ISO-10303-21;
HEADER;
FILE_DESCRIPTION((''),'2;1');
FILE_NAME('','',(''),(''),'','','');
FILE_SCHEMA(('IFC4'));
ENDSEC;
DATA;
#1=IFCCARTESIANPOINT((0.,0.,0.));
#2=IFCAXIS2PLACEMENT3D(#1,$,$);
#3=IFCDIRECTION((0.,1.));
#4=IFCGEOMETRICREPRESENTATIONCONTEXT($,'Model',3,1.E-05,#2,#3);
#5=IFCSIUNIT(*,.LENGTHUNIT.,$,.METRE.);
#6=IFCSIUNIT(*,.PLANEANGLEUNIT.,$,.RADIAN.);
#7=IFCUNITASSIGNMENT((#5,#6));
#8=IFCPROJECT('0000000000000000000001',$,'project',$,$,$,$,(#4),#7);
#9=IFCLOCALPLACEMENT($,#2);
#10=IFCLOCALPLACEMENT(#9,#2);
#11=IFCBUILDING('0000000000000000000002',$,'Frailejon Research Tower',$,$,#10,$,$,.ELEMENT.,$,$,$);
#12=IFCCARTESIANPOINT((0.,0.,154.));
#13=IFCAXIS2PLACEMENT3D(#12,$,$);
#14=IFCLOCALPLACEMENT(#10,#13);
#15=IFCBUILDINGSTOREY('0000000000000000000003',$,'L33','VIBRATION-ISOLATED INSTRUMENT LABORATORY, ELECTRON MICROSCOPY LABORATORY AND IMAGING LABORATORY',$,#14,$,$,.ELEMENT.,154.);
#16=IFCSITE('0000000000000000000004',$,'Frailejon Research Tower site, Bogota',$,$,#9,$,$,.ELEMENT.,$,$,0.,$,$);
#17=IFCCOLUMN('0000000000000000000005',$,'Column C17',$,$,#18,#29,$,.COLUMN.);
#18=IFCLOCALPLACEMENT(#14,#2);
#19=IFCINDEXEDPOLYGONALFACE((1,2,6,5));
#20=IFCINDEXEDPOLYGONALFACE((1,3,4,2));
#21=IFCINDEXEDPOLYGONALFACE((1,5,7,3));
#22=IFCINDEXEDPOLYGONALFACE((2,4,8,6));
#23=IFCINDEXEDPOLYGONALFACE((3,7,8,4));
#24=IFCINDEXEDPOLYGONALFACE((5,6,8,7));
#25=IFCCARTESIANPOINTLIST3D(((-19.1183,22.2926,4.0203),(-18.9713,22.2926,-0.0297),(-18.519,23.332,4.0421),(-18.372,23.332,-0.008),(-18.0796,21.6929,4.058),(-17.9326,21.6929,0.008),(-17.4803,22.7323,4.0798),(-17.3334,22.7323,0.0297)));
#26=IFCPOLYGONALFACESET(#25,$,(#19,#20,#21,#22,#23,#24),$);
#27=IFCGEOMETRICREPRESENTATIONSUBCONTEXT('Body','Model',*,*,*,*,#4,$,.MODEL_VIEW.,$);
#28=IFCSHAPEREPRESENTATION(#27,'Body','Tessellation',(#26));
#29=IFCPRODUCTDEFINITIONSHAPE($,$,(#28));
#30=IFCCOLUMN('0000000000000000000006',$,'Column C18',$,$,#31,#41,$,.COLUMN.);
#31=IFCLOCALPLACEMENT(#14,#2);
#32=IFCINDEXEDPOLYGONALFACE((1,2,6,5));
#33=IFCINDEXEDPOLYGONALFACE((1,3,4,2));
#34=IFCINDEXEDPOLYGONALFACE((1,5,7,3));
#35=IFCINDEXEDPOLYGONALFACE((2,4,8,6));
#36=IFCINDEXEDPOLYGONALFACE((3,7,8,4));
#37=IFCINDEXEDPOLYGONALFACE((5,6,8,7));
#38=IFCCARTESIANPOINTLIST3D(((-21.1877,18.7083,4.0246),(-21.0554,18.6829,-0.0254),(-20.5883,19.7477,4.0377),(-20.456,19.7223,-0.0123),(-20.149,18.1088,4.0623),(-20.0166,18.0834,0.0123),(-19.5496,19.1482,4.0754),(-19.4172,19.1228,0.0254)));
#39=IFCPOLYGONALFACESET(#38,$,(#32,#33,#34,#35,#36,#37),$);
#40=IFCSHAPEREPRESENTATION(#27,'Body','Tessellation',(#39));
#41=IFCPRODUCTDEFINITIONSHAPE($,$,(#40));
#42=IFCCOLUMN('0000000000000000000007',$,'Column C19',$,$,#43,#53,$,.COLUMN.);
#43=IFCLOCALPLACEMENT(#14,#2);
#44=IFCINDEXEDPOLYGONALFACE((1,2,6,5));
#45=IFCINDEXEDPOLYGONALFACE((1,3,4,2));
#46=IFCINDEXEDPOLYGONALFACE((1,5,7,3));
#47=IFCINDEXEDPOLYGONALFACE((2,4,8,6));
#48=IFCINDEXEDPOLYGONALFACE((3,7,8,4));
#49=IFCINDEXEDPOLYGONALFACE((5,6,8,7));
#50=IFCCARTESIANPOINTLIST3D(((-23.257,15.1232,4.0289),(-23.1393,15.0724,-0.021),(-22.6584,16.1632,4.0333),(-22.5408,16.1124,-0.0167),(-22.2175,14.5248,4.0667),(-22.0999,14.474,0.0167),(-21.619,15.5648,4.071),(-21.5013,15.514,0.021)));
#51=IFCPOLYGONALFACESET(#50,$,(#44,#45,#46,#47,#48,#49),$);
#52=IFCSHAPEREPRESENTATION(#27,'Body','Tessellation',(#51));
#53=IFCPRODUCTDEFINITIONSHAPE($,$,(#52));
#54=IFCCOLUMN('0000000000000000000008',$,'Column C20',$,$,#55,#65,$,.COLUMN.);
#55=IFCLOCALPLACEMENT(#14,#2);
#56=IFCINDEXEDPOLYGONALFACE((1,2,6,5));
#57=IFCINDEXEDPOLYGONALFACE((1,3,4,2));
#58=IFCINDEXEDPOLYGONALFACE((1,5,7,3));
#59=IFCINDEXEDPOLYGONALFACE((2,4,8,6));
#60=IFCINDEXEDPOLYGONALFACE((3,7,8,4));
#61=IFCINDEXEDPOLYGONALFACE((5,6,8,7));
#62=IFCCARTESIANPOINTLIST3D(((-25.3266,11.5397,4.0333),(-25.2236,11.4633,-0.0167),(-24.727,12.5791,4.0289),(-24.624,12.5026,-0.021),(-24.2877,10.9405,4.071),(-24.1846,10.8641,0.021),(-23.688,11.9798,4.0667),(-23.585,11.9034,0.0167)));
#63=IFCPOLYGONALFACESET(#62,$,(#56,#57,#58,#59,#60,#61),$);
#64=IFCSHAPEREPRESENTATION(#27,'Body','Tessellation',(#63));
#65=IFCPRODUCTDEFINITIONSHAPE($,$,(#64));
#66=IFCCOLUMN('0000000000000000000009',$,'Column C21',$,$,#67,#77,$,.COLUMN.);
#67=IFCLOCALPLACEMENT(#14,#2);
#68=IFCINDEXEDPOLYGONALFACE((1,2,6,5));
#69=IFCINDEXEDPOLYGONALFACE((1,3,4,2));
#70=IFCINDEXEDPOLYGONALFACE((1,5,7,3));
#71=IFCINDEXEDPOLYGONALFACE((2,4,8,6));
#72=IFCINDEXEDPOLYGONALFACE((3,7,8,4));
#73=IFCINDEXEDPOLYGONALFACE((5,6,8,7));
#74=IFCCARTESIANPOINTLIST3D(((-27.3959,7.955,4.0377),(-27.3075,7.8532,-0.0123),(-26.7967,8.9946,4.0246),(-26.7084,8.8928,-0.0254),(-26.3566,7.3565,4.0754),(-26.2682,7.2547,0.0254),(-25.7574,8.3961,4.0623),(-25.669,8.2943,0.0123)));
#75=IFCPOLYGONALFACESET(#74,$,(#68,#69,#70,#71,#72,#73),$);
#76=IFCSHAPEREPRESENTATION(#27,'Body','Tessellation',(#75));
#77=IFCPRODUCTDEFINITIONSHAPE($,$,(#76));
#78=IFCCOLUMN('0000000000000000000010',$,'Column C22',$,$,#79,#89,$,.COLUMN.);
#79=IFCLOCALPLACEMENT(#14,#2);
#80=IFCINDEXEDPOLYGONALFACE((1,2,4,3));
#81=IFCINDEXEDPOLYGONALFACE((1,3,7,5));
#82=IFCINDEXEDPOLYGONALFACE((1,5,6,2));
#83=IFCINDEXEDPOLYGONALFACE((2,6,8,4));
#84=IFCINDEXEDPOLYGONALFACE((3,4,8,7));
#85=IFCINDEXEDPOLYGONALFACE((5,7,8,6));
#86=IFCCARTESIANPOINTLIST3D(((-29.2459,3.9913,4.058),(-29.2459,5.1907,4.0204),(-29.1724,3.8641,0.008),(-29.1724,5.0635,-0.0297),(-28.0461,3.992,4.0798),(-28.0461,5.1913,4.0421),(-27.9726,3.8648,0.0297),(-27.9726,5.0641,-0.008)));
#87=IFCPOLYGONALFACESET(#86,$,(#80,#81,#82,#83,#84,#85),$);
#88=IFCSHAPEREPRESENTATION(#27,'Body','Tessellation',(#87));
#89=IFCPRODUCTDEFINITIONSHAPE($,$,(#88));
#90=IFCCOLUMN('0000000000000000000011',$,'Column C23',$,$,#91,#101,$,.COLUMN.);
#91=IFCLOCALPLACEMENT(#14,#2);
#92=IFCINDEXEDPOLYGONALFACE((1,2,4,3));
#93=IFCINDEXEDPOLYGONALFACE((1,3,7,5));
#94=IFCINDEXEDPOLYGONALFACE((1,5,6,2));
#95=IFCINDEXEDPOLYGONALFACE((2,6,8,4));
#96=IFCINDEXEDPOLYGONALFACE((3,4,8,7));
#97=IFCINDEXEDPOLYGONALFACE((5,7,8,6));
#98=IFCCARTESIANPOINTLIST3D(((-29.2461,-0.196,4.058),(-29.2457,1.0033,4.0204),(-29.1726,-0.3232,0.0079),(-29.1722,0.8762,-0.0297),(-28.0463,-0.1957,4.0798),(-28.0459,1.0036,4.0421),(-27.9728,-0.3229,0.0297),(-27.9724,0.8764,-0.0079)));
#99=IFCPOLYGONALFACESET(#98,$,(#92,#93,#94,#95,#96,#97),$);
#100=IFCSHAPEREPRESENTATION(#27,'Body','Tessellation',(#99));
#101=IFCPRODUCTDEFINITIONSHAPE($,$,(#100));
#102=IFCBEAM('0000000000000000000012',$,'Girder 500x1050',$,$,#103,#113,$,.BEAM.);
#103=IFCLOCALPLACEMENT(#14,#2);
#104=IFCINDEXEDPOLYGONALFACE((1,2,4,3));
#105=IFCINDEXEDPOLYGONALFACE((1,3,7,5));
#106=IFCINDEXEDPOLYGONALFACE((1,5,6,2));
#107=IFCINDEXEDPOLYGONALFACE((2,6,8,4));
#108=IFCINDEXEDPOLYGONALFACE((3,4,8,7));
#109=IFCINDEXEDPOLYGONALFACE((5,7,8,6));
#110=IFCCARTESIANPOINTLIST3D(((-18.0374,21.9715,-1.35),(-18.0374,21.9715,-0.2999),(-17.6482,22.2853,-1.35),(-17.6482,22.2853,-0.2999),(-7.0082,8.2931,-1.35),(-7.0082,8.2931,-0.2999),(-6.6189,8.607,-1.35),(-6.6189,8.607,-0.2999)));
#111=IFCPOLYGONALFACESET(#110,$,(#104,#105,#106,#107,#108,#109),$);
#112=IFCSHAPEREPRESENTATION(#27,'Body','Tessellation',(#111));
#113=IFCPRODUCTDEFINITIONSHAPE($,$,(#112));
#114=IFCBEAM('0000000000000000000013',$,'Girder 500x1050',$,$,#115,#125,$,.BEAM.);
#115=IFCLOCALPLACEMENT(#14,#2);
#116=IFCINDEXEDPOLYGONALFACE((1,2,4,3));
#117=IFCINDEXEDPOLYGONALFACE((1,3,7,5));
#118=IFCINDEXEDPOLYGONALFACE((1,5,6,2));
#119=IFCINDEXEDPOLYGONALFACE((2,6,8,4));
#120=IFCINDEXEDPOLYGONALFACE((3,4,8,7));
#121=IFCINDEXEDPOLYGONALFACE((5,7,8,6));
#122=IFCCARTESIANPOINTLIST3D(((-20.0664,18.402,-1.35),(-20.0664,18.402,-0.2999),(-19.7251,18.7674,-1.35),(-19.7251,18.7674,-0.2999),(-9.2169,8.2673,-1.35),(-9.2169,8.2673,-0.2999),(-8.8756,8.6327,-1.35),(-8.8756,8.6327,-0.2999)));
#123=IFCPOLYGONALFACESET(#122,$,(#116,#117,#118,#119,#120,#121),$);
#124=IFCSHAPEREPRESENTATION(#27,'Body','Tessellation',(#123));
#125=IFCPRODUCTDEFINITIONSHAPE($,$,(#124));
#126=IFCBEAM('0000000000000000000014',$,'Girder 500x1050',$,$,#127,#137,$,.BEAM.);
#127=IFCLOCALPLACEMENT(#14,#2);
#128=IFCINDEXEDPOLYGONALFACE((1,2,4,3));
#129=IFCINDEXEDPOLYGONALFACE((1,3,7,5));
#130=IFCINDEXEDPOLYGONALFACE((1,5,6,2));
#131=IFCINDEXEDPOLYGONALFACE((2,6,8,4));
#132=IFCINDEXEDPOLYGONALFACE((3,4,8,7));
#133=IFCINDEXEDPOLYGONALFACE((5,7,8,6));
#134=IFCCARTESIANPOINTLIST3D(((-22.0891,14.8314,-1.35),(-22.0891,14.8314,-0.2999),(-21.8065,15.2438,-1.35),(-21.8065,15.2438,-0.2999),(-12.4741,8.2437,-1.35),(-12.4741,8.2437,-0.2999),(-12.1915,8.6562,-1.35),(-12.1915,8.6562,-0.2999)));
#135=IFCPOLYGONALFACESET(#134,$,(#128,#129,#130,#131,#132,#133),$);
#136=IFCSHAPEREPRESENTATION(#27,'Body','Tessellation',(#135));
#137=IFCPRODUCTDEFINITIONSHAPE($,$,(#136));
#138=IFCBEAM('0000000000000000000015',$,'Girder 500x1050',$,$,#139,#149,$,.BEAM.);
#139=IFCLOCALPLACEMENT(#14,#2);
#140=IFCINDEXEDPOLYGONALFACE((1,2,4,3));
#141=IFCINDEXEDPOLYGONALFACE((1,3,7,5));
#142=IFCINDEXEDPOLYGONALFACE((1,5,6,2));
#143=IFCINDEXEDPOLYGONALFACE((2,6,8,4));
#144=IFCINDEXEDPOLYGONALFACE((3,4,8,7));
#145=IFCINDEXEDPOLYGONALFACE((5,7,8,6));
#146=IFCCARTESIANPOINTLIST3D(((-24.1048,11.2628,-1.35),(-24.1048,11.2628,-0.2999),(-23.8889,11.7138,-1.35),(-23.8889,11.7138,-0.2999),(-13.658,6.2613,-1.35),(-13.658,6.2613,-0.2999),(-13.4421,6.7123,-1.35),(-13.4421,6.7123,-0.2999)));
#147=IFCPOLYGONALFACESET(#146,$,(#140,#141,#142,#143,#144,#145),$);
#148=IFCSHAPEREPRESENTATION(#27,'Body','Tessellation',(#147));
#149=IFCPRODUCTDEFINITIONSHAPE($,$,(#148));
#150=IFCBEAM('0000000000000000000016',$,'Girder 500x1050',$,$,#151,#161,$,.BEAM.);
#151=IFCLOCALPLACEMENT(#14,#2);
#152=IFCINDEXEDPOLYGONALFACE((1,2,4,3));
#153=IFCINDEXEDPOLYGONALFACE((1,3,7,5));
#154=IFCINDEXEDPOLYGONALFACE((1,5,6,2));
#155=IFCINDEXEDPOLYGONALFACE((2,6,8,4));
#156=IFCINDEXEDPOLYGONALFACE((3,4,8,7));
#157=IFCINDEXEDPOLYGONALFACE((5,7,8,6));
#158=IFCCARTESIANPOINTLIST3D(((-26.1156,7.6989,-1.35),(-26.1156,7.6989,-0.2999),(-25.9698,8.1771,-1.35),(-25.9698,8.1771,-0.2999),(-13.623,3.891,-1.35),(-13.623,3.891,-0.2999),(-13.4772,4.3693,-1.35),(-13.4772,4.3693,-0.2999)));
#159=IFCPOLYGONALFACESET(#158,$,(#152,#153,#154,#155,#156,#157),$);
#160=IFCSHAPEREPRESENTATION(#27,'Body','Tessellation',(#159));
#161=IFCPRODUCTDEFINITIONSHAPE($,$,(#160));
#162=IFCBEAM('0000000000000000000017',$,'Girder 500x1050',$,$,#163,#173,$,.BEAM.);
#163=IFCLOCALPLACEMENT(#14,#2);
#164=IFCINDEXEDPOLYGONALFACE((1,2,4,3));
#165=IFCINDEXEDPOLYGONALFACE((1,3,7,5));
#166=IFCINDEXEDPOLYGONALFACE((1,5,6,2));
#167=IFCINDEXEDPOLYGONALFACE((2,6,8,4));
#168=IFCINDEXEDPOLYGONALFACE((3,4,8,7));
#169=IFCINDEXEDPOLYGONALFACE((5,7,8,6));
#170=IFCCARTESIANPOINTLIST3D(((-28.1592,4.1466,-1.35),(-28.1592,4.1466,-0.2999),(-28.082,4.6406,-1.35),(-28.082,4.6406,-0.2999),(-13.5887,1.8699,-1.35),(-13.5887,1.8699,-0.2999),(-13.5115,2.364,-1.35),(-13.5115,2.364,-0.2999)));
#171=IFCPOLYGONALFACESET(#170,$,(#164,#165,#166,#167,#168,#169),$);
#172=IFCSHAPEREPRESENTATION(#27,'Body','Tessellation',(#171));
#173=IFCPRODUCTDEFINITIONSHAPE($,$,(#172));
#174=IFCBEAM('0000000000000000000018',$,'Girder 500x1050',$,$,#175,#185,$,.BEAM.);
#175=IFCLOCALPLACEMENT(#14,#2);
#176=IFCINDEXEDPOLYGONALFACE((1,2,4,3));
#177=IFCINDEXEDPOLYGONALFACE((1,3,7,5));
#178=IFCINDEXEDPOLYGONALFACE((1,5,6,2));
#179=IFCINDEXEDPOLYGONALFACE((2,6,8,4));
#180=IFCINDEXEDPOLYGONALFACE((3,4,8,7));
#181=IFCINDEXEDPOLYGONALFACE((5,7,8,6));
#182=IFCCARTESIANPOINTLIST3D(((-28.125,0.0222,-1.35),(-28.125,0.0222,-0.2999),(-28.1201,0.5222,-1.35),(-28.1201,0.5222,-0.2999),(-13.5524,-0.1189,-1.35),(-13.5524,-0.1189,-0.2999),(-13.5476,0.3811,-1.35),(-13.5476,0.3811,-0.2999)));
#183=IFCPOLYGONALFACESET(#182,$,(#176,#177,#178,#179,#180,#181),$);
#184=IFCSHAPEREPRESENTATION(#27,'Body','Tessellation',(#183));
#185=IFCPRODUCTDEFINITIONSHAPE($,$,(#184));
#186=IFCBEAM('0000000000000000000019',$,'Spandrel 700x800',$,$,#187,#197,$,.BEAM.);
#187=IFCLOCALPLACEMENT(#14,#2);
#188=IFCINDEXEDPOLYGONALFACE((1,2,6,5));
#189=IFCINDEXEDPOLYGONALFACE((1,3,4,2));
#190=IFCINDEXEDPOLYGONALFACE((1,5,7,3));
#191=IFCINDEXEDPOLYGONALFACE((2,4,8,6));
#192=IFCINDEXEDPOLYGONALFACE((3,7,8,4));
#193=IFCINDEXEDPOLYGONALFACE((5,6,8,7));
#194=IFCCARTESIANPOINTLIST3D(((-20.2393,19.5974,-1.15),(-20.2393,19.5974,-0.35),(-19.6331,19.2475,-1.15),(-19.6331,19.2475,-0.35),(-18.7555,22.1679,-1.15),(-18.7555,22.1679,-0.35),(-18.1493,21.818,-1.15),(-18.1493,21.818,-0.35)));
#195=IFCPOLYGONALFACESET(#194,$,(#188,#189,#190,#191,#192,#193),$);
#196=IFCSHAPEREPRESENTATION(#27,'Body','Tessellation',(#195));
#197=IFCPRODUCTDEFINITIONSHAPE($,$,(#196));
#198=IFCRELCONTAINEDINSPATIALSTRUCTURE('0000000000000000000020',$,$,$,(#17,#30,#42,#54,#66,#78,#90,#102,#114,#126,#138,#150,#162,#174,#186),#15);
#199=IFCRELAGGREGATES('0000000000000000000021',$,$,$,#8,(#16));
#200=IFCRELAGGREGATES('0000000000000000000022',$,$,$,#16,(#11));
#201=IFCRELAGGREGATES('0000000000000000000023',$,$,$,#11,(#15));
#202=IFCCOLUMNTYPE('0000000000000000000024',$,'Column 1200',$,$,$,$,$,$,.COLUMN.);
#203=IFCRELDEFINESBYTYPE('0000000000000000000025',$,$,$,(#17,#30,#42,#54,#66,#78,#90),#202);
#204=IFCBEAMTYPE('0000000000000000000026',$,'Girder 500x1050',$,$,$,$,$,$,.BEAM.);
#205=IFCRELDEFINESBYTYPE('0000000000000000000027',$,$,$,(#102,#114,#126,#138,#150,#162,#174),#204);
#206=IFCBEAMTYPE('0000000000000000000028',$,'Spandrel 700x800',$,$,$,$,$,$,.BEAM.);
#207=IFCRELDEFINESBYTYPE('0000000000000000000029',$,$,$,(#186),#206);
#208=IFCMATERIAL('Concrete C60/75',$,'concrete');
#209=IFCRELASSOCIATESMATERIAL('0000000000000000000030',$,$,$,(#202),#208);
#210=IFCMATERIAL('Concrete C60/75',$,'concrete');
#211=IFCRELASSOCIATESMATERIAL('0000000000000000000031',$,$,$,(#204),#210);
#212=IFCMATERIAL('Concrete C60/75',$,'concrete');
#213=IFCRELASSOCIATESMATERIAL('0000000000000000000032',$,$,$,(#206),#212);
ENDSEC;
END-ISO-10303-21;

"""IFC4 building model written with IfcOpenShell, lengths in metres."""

from ifc_helpers import new_model, si_unit, direction, frame, origin, origin_2d, place, context, subcontext, project, spatial, rectangle, extrude, material, material_profile, profile_set, type_object, element, save


model = new_model("IFC4")

# Units and contexts
model_context = context("Model", 3, precision=1e-05, world=origin(), true_north=direction((0.0, 1.0)))
body_context = subcontext(model_context, "Body", "Model", "MODEL_VIEW")
ifc_project = project(units=[si_unit("LENGTHUNIT", "METRE"), si_unit("PLANEANGLEUNIT", "RADIAN")], contexts=[model_context])

# Site, building, storey
site_placement = place(None, origin())
site = spatial("IfcSite", under=ifc_project, at=site_placement, Name="Frailejon Research Tower site, Bogota", CompositionType="ELEMENT", RefElevation=0.0)
building_placement = place(site_placement, origin())
building = spatial("IfcBuilding", under=site, at=building_placement, Name="Frailejon Research Tower", CompositionType="ELEMENT")
storey_placement = place(building_placement, frame((0.0, 0.0, 154.0)))
storey = spatial("IfcBuildingStorey", under=building, at=storey_placement, Name="L33", Description="VIBRATION-ISOLATED INSTRUMENT LABORATORY, ELECTRON MICROSCOPY LABORATORY AND IMAGING LABORATORY", CompositionType="ELEMENT", Elevation=154.0)

# Columns
ifc_material_1 = material(Name="Concrete C60/75", Category="concrete")
ifc_material_profile_1 = material_profile(ifc_material_1, rectangle(XDim=1.2, YDim=1.2, at=origin_2d()), Name="Column 1200")
ifc_profile_set_1 = profile_set([ifc_material_profile_1], Name="Concrete C60/75")
column_type = type_object("IfcColumnType", Name="Column 1200", PredefinedType="COLUMN", material=ifc_profile_set_1)
column_1_placement = place(storey_placement, frame((-18.1523, 22.5125, 0.0), z_axis=(-0.036265, 0.0, 0.999342), x_axis=(-0.499425, -0.866168, -0.018124)))
element("IfcColumn", 1, at=column_1_placement, inside=storey, type_object=column_type, Name="Column C17", PredefinedType="COLUMN", context=body_context, shape_type="SweptSolid", body=[
    extrude(rectangle(XDim=1.2, YDim=1.2, at=origin_2d()), origin(), (0.0, 0.0, 1.0), 4.0527),
])
column_2_placement = place(storey_placement, frame((-20.2363, 18.9028, 0.0), z_axis=(-0.032654, 0.006266, 0.999447), x_axis=(-0.49952, -0.866234, -0.01089)))
element("IfcColumn", 2, at=column_2_placement, inside=storey, type_object=column_type, Name="Column C18", PredefinedType="COLUMN", context=body_context, shape_type="SweptSolid", body=[
    extrude(rectangle(XDim=1.2, YDim=1.2, at=origin_2d()), origin(), (0.0, 0.0, 1.0), 4.0522),
])
for number, where, z_axis, x_axis, name in (
    (3, (-22.3203, 15.2932, 0.0), (-0.029041, 0.012532, 0.9995), (-0.498795, -0.866712, -0.003625), "Column C19"),
    (4, (-24.4043, 11.6833, 0.0), (-0.025426, 0.018858, 0.999499), (-0.49971, -0.866185, 0.003631), "Column C20"),
):
    element("IfcColumn", number, at=place(storey_placement, frame(where, z_axis=z_axis, x_axis=x_axis)), inside=storey, type_object=column_type, Name=name, PredefinedType="COLUMN", context=body_context, shape_type="SweptSolid", body=[
        extrude(rectangle(XDim=1.2, YDim=1.2, at=origin_2d()), origin(), (0.0, 0.0, 1.0), 4.052),
    ])
column_3_placement = place(storey_placement, frame((-26.4883, 8.0737, 0.0), z_axis=(-0.02181, 0.025123, 0.999446), x_axis=(-0.499317, -0.866351, 0.010882)))
element("IfcColumn", 5, at=column_3_placement, inside=storey, type_object=column_type, Name="Column C21", PredefinedType="COLUMN", context=body_context, shape_type="SweptSolid", body=[
    extrude(rectangle(XDim=1.2, YDim=1.2, at=origin_2d()), origin(), (0.0, 0.0, 1.0), 4.0522),
])
for number, where, z_axis, x_axis, name in (
    (6, (-28.5725, 4.4641, 0.0), (-0.018133, 0.031386, 0.999343), (-0.000022, -0.999507, 0.03139), "Column C22"),
    (7, (-28.5725, 0.2766, 0.0), (-0.018133, 0.031386, 0.999343), (-0.000336, -0.999507, 0.031385), "Column C23"),
):
    element("IfcColumn", number, at=place(storey_placement, frame(where, z_axis=z_axis, x_axis=x_axis)), inside=storey, type_object=column_type, Name=name, PredefinedType="COLUMN", context=body_context, shape_type="SweptSolid", body=[
        extrude(rectangle(XDim=1.2, YDim=1.2, at=origin_2d()), origin(), (0.0, 0.0, 1.0), 4.0527),
    ])

# Beams
ifc_material_2 = material(Name="Concrete C60/75", Category="concrete")
ifc_material_profile_2 = material_profile(ifc_material_2, rectangle(XDim=0.5, YDim=1.05, at=origin_2d()), Name="Girder 500x1050")
ifc_profile_set_2 = profile_set([ifc_material_profile_2], Name="Concrete C60/75")
beam_type_1 = type_object("IfcBeamType", Name="Girder 500x1050", PredefinedType="BEAM", material=ifc_profile_set_2)
beam_1_placement = place(storey_placement, frame((-17.8428, 22.1284, -0.825), z_axis=(0.627693, -0.778461, 0.0), x_axis=(0.778461, 0.627693, 0.0)))
element("IfcBeam", 8, at=beam_1_placement, inside=storey, type_object=beam_type_1, Name="Girder 500x1050", PredefinedType="BEAM", context=body_context, shape_type="SweptSolid", body=[
    extrude(rectangle(XDim=0.5, YDim=1.05, at=origin_2d()), origin(), (0.0, 0.0, 1.0), 17.571),
])
beam_2_placement = place(storey_placement, frame((-19.8958, 18.5847, -0.825), z_axis=(0.730771, -0.682623, 0.0), x_axis=(0.682623, 0.730771, 0.0)))
element("IfcBeam", 9, at=beam_2_placement, inside=storey, type_object=beam_type_1, Name="Girder 500x1050", PredefinedType="BEAM", context=body_context, shape_type="SweptSolid", body=[
    extrude(rectangle(XDim=0.5, YDim=1.05, at=origin_2d()), origin(), (0.0, 0.0, 1.0), 14.8467),
])
beam_3_placement = place(storey_placement, frame((-21.9478, 15.0376, -0.825), z_axis=(0.824948, -0.565208, 0.0), x_axis=(0.565208, 0.824948, 0.0)))
element("IfcBeam", 10, at=beam_3_placement, inside=storey, type_object=beam_type_1, Name="Girder 500x1050", PredefinedType="BEAM", context=body_context, shape_type="SweptSolid", body=[
    extrude(rectangle(XDim=0.5, YDim=1.05, at=origin_2d()), origin(), (0.0, 0.0, 1.0), 11.6553),
])
beam_4_placement = place(storey_placement, frame((-23.9968, 11.4883, -0.825), z_axis=(0.90196, -0.431819, 0.0), x_axis=(0.431819, 0.90196, 0.0)))
element("IfcBeam", 11, at=beam_4_placement, inside=storey, type_object=beam_type_1, Name="Girder 500x1050", PredefinedType="BEAM", context=body_context, shape_type="SweptSolid", body=[
    extrude(rectangle(XDim=0.5, YDim=1.05, at=origin_2d()), origin(), (0.0, 0.0, 1.0), 11.5823),
])
beam_5_placement = place(storey_placement, frame((-26.0427, 7.938, -0.825), z_axis=(0.956551, -0.291564, 0.0), x_axis=(0.291564, 0.956551, 0.0)))
element("IfcBeam", 12, at=beam_5_placement, inside=storey, type_object=beam_type_1, Name="Girder 500x1050", PredefinedType="BEAM", context=body_context, shape_type="SweptSolid", body=[
    extrude(rectangle(XDim=0.5, YDim=1.05, at=origin_2d()), origin(), (0.0, 0.0, 1.0), 13.0601),
])
beam_6_placement = place(storey_placement, frame((-28.1206, 4.3936, -0.825), z_axis=(0.988012, -0.154374, 0.0), x_axis=(0.154374, 0.988012, 0.0)))
element("IfcBeam", 13, at=beam_6_placement, inside=storey, type_object=beam_type_1, Name="Girder 500x1050", PredefinedType="BEAM", context=body_context, shape_type="SweptSolid", body=[
    extrude(rectangle(XDim=0.5, YDim=1.05, at=origin_2d()), origin(), (0.0, 0.0, 1.0), 14.7473),
])
beam_7_placement = place(storey_placement, frame((-28.1226, 0.2722, -0.825), z_axis=(0.999953, -0.009683, 0.0), x_axis=(0.009683, 0.999953, 0.0)))
element("IfcBeam", 14, at=beam_7_placement, inside=storey, type_object=beam_type_1, Name="Girder 500x1050", PredefinedType="BEAM", context=body_context, shape_type="SweptSolid", body=[
    extrude(rectangle(XDim=0.5, YDim=1.05, at=origin_2d()), origin(), (0.0, 0.0, 1.0), 14.5732),
])
ifc_material_3 = material(Name="Concrete C60/75", Category="concrete")
ifc_material_profile_3 = material_profile(ifc_material_3, rectangle(XDim=0.7, YDim=0.8, at=origin_2d()), Name="Spandrel 700x800")
ifc_profile_set_3 = profile_set([ifc_material_profile_3], Name="Concrete C60/75")
beam_type_2 = type_object("IfcBeamType", Name="Spandrel 700x800", PredefinedType="BEAM", material=ifc_profile_set_3)
beam_8_placement = place(storey_placement, frame((-18.4524, 21.9929, -0.75), z_axis=(-0.499943, -0.866058, 0.0), x_axis=(0.866058, -0.499943, 0.0)))
element("IfcBeam", 15, at=beam_8_placement, inside=storey, type_object=beam_type_2, Name="Spandrel 700x800", PredefinedType="BEAM", context=body_context, shape_type="SweptSolid", body=[
    extrude(rectangle(XDim=0.7, YDim=0.8, at=origin_2d()), origin(), (0.0, 0.0, 1.0), 2.968),
])

save(model, "model.ifc")
